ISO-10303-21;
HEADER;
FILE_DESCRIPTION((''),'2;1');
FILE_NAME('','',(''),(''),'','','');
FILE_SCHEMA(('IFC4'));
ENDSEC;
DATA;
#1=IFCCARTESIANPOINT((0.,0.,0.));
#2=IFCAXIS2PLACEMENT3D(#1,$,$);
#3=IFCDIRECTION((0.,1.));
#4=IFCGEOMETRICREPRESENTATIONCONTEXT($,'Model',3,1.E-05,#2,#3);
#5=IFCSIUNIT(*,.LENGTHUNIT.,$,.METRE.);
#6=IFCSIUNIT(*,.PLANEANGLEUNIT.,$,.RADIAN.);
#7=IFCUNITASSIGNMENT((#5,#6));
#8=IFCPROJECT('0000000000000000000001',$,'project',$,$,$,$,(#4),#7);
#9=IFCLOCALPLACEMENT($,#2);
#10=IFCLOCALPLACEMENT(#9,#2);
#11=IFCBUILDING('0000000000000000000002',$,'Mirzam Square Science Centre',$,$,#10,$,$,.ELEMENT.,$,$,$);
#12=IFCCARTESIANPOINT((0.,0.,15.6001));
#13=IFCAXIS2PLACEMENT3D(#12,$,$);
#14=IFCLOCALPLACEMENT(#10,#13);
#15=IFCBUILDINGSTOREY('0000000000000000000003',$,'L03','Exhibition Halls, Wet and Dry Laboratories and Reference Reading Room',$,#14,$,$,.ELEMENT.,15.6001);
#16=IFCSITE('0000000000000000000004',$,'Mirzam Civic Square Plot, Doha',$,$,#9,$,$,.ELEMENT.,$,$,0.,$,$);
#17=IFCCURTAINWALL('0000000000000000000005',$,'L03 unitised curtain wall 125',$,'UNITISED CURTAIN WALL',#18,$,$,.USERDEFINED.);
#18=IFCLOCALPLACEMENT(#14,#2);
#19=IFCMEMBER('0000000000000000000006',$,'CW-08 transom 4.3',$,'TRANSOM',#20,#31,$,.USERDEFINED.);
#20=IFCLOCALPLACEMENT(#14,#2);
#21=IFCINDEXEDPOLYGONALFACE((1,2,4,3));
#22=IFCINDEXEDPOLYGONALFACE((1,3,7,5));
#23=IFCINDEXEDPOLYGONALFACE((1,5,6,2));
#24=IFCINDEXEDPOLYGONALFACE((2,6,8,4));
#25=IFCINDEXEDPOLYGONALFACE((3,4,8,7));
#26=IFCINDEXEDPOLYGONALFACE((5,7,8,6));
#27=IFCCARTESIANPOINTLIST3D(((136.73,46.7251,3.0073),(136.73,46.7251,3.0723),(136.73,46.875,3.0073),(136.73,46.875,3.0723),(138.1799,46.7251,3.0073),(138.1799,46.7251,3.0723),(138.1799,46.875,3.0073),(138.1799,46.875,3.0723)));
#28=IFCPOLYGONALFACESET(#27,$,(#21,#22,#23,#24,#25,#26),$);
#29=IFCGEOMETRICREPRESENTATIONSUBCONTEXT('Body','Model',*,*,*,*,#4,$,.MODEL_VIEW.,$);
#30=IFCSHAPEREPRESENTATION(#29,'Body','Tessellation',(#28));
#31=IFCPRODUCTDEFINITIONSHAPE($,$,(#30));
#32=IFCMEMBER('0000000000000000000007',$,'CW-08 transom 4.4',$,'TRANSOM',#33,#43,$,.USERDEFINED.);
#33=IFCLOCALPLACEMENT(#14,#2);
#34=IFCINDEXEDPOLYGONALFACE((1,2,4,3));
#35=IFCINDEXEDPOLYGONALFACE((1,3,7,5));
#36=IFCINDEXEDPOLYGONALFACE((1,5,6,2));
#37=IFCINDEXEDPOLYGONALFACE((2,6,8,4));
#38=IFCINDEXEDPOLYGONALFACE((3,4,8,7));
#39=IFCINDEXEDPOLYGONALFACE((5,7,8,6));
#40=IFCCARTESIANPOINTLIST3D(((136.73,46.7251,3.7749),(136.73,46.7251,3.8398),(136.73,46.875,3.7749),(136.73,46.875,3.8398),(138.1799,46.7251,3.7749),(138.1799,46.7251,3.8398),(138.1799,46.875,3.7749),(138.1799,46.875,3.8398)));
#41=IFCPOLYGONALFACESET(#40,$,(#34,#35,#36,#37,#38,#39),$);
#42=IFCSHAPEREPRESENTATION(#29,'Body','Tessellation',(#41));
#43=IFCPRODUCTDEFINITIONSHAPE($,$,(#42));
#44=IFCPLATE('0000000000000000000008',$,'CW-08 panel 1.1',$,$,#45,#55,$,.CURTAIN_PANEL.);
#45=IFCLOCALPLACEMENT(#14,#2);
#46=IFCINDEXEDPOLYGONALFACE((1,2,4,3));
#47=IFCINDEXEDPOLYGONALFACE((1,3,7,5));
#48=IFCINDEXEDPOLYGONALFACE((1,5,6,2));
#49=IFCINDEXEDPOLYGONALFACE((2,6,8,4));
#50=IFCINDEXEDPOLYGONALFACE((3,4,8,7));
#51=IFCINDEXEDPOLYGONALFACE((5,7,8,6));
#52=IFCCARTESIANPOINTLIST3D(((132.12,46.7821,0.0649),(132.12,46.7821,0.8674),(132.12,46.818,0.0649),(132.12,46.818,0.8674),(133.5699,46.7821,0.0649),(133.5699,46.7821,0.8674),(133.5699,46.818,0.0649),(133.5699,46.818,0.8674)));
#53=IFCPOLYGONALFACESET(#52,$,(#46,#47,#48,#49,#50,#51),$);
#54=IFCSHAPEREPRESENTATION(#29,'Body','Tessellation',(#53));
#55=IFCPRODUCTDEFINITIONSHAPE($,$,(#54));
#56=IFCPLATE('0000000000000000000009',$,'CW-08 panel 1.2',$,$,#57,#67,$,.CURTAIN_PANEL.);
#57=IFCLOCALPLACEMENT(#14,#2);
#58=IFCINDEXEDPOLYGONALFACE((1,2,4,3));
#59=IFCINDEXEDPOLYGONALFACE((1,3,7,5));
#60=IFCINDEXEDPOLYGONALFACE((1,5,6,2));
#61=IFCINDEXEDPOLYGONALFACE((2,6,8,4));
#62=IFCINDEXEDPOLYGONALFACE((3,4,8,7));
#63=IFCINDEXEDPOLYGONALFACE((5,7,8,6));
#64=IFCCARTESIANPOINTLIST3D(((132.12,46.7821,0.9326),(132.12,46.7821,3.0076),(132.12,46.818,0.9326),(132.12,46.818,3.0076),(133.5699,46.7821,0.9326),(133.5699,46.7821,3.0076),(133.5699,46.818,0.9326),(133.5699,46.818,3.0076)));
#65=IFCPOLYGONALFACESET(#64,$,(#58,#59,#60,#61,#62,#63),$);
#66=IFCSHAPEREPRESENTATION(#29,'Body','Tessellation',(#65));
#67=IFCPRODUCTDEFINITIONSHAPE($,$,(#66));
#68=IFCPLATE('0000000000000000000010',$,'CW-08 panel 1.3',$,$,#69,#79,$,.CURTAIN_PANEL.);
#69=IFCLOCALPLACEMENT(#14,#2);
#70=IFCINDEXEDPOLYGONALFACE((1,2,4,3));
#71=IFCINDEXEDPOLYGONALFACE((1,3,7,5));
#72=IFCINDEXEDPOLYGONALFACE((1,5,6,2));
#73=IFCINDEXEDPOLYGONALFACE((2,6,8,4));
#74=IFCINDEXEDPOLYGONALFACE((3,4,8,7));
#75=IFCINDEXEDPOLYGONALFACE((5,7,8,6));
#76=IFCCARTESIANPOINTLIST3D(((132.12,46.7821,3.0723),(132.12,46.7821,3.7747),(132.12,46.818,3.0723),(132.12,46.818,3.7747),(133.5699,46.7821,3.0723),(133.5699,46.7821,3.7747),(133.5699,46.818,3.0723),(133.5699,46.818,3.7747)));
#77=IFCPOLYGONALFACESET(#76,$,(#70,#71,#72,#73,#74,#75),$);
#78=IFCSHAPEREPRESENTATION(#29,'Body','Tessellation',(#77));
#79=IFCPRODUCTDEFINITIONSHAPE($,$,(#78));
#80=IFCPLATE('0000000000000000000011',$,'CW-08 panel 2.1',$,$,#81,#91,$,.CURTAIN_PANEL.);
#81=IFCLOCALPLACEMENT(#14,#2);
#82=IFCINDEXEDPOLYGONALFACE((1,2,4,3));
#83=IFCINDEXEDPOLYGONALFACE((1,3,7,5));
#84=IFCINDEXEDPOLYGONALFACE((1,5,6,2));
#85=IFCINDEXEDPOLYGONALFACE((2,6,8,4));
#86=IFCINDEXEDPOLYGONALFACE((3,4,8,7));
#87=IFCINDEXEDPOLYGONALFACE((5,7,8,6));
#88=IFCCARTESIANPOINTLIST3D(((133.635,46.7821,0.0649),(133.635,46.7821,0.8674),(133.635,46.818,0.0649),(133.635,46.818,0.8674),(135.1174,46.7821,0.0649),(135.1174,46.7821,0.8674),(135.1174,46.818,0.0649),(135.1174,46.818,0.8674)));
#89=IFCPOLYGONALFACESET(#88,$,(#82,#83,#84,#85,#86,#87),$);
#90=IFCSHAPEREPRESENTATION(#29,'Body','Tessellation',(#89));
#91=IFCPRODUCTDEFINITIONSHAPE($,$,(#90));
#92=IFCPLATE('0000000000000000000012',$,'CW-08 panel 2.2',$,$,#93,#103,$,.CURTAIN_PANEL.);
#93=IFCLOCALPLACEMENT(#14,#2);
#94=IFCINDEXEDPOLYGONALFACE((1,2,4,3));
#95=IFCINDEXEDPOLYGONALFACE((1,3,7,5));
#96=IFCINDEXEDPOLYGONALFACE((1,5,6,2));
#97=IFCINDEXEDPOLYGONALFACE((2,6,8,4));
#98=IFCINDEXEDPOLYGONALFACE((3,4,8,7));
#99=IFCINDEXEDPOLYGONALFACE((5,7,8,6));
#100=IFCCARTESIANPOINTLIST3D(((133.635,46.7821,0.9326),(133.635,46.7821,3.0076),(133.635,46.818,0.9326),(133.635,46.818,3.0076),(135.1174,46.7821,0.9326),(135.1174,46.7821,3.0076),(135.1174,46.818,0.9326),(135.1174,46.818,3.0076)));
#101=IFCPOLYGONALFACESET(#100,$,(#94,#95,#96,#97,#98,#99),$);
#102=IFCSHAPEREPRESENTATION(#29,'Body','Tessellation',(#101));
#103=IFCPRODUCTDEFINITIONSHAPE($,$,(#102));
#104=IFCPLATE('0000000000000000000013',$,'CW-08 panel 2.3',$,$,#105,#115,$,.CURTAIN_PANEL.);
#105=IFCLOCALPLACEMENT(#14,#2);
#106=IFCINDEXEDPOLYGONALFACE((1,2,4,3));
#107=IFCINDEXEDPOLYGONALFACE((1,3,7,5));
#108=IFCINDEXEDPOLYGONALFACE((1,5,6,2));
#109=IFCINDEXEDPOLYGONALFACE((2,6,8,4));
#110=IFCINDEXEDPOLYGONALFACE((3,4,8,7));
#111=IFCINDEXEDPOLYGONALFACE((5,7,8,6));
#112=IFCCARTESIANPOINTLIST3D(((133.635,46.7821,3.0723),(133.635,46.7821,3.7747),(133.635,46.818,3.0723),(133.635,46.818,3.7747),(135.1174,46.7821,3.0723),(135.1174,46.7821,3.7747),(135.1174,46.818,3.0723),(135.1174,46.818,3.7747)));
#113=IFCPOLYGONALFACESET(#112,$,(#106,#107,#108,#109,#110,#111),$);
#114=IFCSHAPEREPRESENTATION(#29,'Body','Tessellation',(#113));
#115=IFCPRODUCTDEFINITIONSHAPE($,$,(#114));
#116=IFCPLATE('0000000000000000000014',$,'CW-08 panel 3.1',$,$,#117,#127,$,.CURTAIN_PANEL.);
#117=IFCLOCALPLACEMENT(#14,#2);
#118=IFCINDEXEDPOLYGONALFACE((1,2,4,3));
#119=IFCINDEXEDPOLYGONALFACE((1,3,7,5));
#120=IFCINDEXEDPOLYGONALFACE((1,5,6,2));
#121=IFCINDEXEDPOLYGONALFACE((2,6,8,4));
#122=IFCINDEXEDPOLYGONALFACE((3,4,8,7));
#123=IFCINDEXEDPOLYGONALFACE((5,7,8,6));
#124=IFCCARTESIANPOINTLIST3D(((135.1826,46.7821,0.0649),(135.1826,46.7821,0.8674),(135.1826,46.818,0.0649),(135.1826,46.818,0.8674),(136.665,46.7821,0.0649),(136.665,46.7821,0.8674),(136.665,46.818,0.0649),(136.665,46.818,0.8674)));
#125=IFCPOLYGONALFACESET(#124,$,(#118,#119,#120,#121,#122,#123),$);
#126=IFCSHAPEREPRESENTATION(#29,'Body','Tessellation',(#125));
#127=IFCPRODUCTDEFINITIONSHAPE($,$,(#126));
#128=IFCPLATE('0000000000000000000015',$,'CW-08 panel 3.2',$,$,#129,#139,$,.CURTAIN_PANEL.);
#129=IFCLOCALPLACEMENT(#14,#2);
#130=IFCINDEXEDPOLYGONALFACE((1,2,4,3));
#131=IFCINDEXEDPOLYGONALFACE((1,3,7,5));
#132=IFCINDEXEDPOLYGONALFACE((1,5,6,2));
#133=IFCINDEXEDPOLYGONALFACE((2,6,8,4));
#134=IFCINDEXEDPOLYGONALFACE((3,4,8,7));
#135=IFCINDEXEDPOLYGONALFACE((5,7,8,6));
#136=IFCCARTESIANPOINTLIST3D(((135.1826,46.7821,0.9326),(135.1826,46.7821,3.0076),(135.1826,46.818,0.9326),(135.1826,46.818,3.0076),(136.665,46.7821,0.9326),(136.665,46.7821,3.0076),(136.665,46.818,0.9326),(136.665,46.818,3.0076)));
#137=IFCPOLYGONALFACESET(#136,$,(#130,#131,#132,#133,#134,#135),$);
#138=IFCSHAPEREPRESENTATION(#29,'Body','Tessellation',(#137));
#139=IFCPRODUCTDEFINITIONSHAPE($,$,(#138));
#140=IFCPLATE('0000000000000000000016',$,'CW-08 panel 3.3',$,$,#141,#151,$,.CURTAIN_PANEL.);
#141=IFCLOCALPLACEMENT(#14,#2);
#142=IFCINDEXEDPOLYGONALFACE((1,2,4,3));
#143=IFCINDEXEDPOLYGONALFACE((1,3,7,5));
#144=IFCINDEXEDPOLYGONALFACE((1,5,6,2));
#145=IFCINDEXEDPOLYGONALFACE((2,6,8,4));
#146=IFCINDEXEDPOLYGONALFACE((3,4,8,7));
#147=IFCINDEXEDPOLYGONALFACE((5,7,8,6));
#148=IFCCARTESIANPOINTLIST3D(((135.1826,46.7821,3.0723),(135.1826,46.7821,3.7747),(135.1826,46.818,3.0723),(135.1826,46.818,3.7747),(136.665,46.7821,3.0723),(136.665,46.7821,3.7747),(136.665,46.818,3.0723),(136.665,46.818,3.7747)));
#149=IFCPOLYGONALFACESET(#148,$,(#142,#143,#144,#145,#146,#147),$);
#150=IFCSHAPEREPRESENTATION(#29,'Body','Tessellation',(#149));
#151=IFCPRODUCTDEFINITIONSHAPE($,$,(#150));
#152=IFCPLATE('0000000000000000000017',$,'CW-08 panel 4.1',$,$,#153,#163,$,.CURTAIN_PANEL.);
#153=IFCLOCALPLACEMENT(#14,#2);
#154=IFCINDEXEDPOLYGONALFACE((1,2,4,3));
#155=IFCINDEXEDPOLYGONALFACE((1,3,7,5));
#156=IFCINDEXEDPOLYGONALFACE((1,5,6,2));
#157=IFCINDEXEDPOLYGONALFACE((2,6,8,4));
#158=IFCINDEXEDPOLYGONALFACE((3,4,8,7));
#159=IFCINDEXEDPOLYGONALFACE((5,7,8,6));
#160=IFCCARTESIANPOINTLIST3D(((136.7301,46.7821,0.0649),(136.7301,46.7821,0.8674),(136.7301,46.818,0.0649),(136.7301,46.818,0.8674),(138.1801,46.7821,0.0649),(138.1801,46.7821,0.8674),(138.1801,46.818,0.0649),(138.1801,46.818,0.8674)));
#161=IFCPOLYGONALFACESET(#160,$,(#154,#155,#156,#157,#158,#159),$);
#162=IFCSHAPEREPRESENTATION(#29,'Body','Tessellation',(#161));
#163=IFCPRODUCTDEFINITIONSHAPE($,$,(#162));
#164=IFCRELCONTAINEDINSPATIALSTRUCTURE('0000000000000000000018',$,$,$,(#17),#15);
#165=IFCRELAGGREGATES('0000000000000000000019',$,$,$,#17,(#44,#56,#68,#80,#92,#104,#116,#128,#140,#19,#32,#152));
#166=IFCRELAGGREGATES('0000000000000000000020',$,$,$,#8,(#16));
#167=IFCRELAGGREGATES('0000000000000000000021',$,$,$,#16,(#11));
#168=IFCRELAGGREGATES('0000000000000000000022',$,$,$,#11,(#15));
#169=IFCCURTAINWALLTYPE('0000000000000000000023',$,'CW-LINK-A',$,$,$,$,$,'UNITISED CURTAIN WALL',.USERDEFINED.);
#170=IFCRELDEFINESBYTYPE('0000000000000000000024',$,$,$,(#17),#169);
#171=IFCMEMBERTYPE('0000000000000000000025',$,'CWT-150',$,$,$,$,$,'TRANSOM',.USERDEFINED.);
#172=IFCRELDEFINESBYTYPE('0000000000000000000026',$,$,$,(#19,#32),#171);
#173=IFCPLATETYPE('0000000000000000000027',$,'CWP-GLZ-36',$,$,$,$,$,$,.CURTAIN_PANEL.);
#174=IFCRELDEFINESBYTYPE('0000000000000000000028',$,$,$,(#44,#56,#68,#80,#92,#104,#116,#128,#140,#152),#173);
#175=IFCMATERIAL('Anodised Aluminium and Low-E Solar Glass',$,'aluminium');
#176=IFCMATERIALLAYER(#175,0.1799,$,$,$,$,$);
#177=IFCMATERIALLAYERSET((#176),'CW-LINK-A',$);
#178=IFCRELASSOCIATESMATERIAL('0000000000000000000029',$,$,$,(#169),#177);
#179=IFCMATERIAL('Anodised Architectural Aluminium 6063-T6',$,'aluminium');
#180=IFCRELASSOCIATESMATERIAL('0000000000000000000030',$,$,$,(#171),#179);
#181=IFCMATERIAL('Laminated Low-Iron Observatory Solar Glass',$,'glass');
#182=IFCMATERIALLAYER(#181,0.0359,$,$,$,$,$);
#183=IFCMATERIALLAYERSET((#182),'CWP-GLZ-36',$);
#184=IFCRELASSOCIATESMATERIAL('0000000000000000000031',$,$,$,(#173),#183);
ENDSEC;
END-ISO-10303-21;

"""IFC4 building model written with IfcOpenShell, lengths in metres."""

from ifc_helpers import new_model, si_unit, direction, frame, origin, origin_2d, place, context, subcontext, project, spatial, rectangle, extrude, material, layer, layer_set, material_profile, profile_set, type_object, element, aggregate, save


model = new_model("IFC4")

# Units and contexts
model_context = context("Model", 3, precision=1e-05, world=origin(), true_north=direction((0.0, 1.0)))
body_context = subcontext(model_context, "Body", "Model", "MODEL_VIEW")
ifc_project = project(units=[si_unit("LENGTHUNIT", "METRE"), si_unit("PLANEANGLEUNIT", "RADIAN")], contexts=[model_context])

# Site, building, storey
site_placement = place(None, origin())
site = spatial("IfcSite", under=ifc_project, at=site_placement, Name="Mirzam Civic Square Plot, Doha", CompositionType="ELEMENT", RefElevation=0.0)
building_placement = place(site_placement, origin())
building = spatial("IfcBuilding", under=site, at=building_placement, Name="Mirzam Square Science Centre", CompositionType="ELEMENT")
storey_placement = place(building_placement, frame((0.0, 0.0, 15.6001)))
storey = spatial("IfcBuildingStorey", under=building, at=storey_placement, Name="L03", Description="Exhibition Halls, Wet and Dry Laboratories and Reference Reading Room", CompositionType="ELEMENT", Elevation=15.6001)

# Curtain wall, members, plates
ifc_material_1 = material(Name="Anodised Aluminium and Low-E Solar Glass", Category="aluminium")
ifc_layer_1 = layer(ifc_material_1, 0.1799)
ifc_layer_set_1 = layer_set([ifc_layer_1], Name="CW-LINK-A")
curtain_wall_type = type_object("IfcCurtainWallType", Name="CW-LINK-A", ElementType="UNITISED CURTAIN WALL", PredefinedType="USERDEFINED", material=ifc_layer_set_1)
curtain_wall_placement = place(storey_placement, origin())
curtain_wall = element("IfcCurtainWall", 1, at=curtain_wall_placement, inside=storey, type_object=curtain_wall_type, Name="L03 unitised curtain wall 125", ObjectType="UNITISED CURTAIN WALL", PredefinedType="USERDEFINED")
ifc_material_2 = material(Name="Anodised Architectural Aluminium 6063-T6", Category="aluminium")
ifc_material_profile_1 = material_profile(ifc_material_2, rectangle(XDim=0.1499, YDim=0.0649, at=origin_2d()), Name="ALU-TRAN-150x65x4")
ifc_profile_set_1 = profile_set([ifc_material_profile_1], Name="Anodised Architectural Aluminium 6063-T6")
member_type_1 = type_object("IfcMemberType", Name="CWT-150", ElementType="TRANSOM", PredefinedType="USERDEFINED", material=ifc_profile_set_1)
member_1_placement = place(storey_placement, frame((136.73, 46.8, 3.0398), z_axis=(1.0, 0.0, 0.0), x_axis=(0.0, 1.0, 0.0)))
member_1 = element("IfcMember", 2, at=member_1_placement, type_object=member_type_1, Name="CW-08 transom 4.3", ObjectType="TRANSOM", PredefinedType="USERDEFINED", context=body_context, shape_type="SweptSolid", body=[
    extrude(rectangle(XDim=0.1499, YDim=0.0649, at=origin_2d()), origin(), (0.0, 0.0, 1.0), 1.45),
])
member_2_placement = place(storey_placement, frame((136.73, 46.8, 3.8074), z_axis=(1.0, 0.0, 0.0), x_axis=(0.0, 1.0, 0.0)))
member_2 = element("IfcMember", 3, at=member_2_placement, type_object=member_type_1, Name="CW-08 transom 4.4", ObjectType="TRANSOM", PredefinedType="USERDEFINED", context=body_context, shape_type="SweptSolid", body=[
    extrude(rectangle(XDim=0.1499, YDim=0.0649, at=origin_2d()), origin(), (0.0, 0.0, 1.0), 1.45),
])
ifc_material_3 = material(Name="Laminated Low-Iron Observatory Solar Glass", Category="glass")
ifc_layer_2 = layer(ifc_material_3, 0.0359)
ifc_layer_set_2 = layer_set([ifc_layer_2], Name="CWP-GLZ-36")
plate_type = type_object("IfcPlateType", Name="CWP-GLZ-36", PredefinedType="CURTAIN_PANEL", material=ifc_layer_set_2)
plate_1_placement = place(storey_placement, frame((132.845, 46.8, 0.0649), z_axis=(0.0, 0.0, 1.0), x_axis=(1.0, 0.0, 0.0)))
plate_1 = element("IfcPlate", 4, at=plate_1_placement, type_object=plate_type, Name="CW-08 panel 1.1", PredefinedType="CURTAIN_PANEL", context=body_context, shape_type="SweptSolid", body=[
    extrude(rectangle(XDim=1.45, YDim=0.0359, at=origin_2d()), origin(), (0.0, 0.0, 1.0), 0.8025),
])
plate_2_placement = place(storey_placement, frame((132.845, 46.8, 0.9326), z_axis=(0.0, 0.0, 1.0), x_axis=(1.0, 0.0, 0.0)))
plate_2 = element("IfcPlate", 5, at=plate_2_placement, type_object=plate_type, Name="CW-08 panel 1.2", PredefinedType="CURTAIN_PANEL", context=body_context, shape_type="SweptSolid", body=[
    extrude(rectangle(XDim=1.45, YDim=0.0359, at=origin_2d()), origin(), (0.0, 0.0, 1.0), 2.075),
])
plate_3_placement = place(storey_placement, frame((132.845, 46.8, 3.0723), z_axis=(0.0, 0.0, 1.0), x_axis=(1.0, 0.0, 0.0)))
plate_3 = element("IfcPlate", 6, at=plate_3_placement, type_object=plate_type, Name="CW-08 panel 1.3", PredefinedType="CURTAIN_PANEL", context=body_context, shape_type="SweptSolid", body=[
    extrude(rectangle(XDim=1.45, YDim=0.0359, at=origin_2d()), origin(), (0.0, 0.0, 1.0), 0.7024),
])
plate_4_placement = place(storey_placement, frame((134.3762, 46.8, 0.0649), z_axis=(0.0, 0.0, 1.0), x_axis=(1.0, 0.0, 0.0)))
plate_4 = element("IfcPlate", 7, at=plate_4_placement, type_object=plate_type, Name="CW-08 panel 2.1", PredefinedType="CURTAIN_PANEL", context=body_context, shape_type="SweptSolid", body=[
    extrude(rectangle(XDim=1.4824, YDim=0.0359, at=origin_2d()), origin(), (0.0, 0.0, 1.0), 0.8025),
])
plate_5_placement = place(storey_placement, frame((134.3762, 46.8, 0.9326), z_axis=(0.0, 0.0, 1.0), x_axis=(1.0, 0.0, 0.0)))
plate_5 = element("IfcPlate", 8, at=plate_5_placement, type_object=plate_type, Name="CW-08 panel 2.2", PredefinedType="CURTAIN_PANEL", context=body_context, shape_type="SweptSolid", body=[
    extrude(rectangle(XDim=1.4824, YDim=0.0359, at=origin_2d()), origin(), (0.0, 0.0, 1.0), 2.075),
])
plate_6_placement = place(storey_placement, frame((134.3762, 46.8, 3.0723), z_axis=(0.0, 0.0, 1.0), x_axis=(1.0, 0.0, 0.0)))
plate_6 = element("IfcPlate", 9, at=plate_6_placement, type_object=plate_type, Name="CW-08 panel 2.3", PredefinedType="CURTAIN_PANEL", context=body_context, shape_type="SweptSolid", body=[
    extrude(rectangle(XDim=1.4824, YDim=0.0359, at=origin_2d()), origin(), (0.0, 0.0, 1.0), 0.7024),
])
plate_7_placement = place(storey_placement, frame((135.9238, 46.8, 0.0649), z_axis=(0.0, 0.0, 1.0), x_axis=(1.0, 0.0, 0.0)))
plate_7 = element("IfcPlate", 10, at=plate_7_placement, type_object=plate_type, Name="CW-08 panel 3.1", PredefinedType="CURTAIN_PANEL", context=body_context, shape_type="SweptSolid", body=[
    extrude(rectangle(XDim=1.4824, YDim=0.0359, at=origin_2d()), origin(), (0.0, 0.0, 1.0), 0.8025),
])
plate_8_placement = place(storey_placement, frame((135.9238, 46.8, 0.9326), z_axis=(0.0, 0.0, 1.0), x_axis=(1.0, 0.0, 0.0)))
plate_8 = element("IfcPlate", 11, at=plate_8_placement, type_object=plate_type, Name="CW-08 panel 3.2", PredefinedType="CURTAIN_PANEL", context=body_context, shape_type="SweptSolid", body=[
    extrude(rectangle(XDim=1.4824, YDim=0.0359, at=origin_2d()), origin(), (0.0, 0.0, 1.0), 2.075),
])
plate_9_placement = place(storey_placement, frame((135.9238, 46.8, 3.0723), z_axis=(0.0, 0.0, 1.0), x_axis=(1.0, 0.0, 0.0)))
plate_9 = element("IfcPlate", 12, at=plate_9_placement, type_object=plate_type, Name="CW-08 panel 3.3", PredefinedType="CURTAIN_PANEL", context=body_context, shape_type="SweptSolid", body=[
    extrude(rectangle(XDim=1.4824, YDim=0.0359, at=origin_2d()), origin(), (0.0, 0.0, 1.0), 0.7024),
])
plate_10_placement = place(storey_placement, frame((137.4551, 46.8, 0.0649), z_axis=(0.0, 0.0, 1.0), x_axis=(1.0, 0.0, 0.0)))
plate_10 = element("IfcPlate", 13, at=plate_10_placement, type_object=plate_type, Name="CW-08 panel 4.1", PredefinedType="CURTAIN_PANEL", context=body_context, shape_type="SweptSolid", body=[
    extrude(rectangle(XDim=1.45, YDim=0.0359, at=origin_2d()), origin(), (0.0, 0.0, 1.0), 0.8025),
])
aggregate(curtain_wall, [plate_1, plate_2, plate_3, plate_4, plate_5, plate_6, plate_7, plate_8, plate_9, member_1, member_2, plate_10])

save(model, "model.ifc")
